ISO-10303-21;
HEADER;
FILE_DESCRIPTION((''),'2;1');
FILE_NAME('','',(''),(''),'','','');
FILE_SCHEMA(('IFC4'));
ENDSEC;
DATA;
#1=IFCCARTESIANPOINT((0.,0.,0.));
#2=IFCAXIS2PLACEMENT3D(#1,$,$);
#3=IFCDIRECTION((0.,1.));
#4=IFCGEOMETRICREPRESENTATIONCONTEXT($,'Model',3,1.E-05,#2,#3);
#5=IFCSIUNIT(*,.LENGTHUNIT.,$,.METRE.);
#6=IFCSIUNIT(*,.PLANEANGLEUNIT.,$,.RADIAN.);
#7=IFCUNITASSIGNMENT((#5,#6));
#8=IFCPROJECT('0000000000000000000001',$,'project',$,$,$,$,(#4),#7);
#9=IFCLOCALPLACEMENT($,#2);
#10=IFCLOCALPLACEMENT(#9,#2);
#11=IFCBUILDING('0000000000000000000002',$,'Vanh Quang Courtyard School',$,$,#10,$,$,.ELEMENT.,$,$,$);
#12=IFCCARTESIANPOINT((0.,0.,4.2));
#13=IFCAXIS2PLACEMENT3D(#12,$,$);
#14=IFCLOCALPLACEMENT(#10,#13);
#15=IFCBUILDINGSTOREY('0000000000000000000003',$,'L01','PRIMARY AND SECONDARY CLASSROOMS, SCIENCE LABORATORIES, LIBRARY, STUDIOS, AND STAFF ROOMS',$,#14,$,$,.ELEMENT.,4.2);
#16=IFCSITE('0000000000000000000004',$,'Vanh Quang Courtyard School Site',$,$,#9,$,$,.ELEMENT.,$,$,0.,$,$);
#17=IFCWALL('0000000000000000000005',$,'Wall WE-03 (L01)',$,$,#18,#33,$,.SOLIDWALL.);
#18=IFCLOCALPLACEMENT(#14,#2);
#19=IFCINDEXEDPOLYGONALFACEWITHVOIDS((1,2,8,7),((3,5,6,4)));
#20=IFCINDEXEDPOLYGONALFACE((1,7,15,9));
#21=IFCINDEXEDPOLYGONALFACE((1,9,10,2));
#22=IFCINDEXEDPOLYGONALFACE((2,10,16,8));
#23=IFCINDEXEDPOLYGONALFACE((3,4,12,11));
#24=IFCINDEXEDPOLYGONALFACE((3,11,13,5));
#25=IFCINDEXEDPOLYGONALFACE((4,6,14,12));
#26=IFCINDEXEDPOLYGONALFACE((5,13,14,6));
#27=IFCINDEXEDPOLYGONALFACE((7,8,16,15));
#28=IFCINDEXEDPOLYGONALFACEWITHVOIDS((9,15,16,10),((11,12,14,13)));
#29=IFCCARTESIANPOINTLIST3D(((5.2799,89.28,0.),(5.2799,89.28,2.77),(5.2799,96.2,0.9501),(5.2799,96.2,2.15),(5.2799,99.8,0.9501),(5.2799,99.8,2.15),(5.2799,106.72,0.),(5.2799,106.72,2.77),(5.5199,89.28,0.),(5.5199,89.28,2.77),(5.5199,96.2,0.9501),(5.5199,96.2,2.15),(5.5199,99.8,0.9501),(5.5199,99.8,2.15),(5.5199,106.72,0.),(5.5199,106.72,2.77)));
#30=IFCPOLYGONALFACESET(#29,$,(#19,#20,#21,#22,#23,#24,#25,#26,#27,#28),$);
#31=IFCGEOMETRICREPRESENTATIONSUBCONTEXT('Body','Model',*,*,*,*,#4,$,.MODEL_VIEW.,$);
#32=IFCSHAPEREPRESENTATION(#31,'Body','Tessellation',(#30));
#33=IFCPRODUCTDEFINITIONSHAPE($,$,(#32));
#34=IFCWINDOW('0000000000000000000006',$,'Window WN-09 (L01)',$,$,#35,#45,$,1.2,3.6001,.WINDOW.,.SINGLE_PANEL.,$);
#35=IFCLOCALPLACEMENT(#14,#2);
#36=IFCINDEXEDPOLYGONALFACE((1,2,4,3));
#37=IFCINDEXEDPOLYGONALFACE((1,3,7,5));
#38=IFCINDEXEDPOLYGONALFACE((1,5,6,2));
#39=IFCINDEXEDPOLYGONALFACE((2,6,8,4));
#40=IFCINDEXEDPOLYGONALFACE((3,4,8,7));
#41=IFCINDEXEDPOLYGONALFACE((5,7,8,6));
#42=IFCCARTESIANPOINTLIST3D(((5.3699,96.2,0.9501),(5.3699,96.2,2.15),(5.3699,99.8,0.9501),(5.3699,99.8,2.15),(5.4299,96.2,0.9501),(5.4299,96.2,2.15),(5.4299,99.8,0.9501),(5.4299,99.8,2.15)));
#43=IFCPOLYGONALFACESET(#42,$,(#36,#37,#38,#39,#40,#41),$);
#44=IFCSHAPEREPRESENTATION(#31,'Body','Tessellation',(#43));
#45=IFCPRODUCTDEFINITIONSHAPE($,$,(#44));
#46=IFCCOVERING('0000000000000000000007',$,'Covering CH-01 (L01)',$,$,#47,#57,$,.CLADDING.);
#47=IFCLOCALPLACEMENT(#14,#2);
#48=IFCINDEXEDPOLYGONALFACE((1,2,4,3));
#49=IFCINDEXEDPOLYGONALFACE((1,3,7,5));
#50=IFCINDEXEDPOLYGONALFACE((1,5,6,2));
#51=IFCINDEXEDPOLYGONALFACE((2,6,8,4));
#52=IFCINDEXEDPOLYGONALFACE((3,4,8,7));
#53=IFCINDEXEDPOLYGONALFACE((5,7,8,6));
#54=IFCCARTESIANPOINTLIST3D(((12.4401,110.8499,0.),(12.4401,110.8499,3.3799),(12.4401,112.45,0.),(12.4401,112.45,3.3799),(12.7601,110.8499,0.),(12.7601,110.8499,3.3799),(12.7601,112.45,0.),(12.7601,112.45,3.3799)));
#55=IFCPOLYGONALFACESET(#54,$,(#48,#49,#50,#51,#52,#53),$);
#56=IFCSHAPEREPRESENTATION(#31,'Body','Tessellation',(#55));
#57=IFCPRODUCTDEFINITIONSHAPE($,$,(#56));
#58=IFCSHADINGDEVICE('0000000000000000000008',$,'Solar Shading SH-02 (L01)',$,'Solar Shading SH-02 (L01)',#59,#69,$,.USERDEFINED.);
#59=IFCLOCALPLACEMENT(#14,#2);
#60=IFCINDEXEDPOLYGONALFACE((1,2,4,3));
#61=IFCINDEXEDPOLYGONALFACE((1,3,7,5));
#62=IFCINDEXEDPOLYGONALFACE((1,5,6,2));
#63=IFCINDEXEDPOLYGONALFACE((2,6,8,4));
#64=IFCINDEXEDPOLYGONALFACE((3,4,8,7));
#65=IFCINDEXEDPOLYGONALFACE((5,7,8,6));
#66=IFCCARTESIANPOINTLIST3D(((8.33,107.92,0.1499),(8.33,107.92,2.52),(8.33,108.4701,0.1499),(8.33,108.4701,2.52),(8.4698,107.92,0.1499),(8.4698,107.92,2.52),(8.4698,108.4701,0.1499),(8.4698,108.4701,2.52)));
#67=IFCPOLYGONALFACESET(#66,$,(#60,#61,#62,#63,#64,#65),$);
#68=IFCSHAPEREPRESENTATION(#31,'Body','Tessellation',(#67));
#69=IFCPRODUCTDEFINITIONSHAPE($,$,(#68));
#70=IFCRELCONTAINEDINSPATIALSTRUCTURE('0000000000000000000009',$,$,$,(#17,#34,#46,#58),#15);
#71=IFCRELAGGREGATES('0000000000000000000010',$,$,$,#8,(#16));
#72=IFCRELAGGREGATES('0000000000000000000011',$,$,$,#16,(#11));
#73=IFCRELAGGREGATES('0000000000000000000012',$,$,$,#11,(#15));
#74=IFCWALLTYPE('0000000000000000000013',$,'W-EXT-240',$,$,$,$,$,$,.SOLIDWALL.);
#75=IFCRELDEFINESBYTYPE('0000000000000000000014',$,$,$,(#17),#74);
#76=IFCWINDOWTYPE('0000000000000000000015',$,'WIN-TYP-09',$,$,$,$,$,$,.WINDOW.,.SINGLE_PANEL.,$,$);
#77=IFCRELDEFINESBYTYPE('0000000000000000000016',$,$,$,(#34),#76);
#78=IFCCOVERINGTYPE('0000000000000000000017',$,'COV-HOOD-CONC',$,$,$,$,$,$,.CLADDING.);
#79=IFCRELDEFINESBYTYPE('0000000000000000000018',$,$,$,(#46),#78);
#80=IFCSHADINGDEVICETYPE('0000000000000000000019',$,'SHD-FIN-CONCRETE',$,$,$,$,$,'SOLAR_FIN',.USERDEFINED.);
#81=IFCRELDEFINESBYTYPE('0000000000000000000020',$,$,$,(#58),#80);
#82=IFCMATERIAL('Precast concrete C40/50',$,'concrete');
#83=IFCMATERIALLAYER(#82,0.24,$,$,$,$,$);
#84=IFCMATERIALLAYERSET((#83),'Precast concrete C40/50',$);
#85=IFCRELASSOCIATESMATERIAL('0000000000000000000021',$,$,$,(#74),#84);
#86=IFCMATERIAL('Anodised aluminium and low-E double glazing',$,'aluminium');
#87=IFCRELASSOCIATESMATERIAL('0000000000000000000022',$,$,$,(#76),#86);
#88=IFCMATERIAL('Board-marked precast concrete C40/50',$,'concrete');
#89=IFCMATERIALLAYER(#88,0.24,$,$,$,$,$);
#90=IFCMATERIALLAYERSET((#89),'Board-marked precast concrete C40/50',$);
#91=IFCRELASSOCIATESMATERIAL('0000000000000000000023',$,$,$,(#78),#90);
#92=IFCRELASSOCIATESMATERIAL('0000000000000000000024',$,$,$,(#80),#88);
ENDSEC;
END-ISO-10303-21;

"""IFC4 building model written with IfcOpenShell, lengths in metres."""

from ifc_helpers import new_model, si_unit, direction, frame, frame_2d, origin, origin_2d, place, context, subcontext, project, spatial, rectangle, extrude, material, layer, layer_set, type_object, element, fill, save


model = new_model("IFC4")

# Units and contexts
model_context = context("Model", 3, precision=1e-05, world=origin(), true_north=direction((0.0, 1.0)))
body_context = subcontext(model_context, "Body", "Model", "MODEL_VIEW")
ifc_project = project(units=[si_unit("LENGTHUNIT", "METRE"), si_unit("PLANEANGLEUNIT", "RADIAN")], contexts=[model_context])

# Site, building, storey
site_placement = place(None, origin())
site = spatial("IfcSite", under=ifc_project, at=site_placement, Name="Vanh Quang Courtyard School Site", CompositionType="ELEMENT", RefElevation=0.0)
building_placement = place(site_placement, origin())
building = spatial("IfcBuilding", under=site, at=building_placement, Name="Vanh Quang Courtyard School", CompositionType="ELEMENT")
storey_placement = place(building_placement, frame((0.0, 0.0, 4.2)))
storey = spatial("IfcBuildingStorey", under=building, at=storey_placement, Name="L01", Description="PRIMARY AND SECONDARY CLASSROOMS, SCIENCE LABORATORIES, LIBRARY, STUDIOS, AND STAFF ROOMS", CompositionType="ELEMENT", Elevation=4.2)

# Wall, opening, window
ifc_material_1 = material(Name="Precast concrete C40/50", Category="concrete")
ifc_layer_1 = layer(ifc_material_1, 0.24)
ifc_layer_set_1 = layer_set([ifc_layer_1], Name="Precast concrete C40/50")
wall_type = type_object("IfcWallType", Name="W-EXT-240", PredefinedType="SOLIDWALL", material=ifc_layer_set_1)
wall_placement = place(storey_placement, frame((5.3999, 106.72, 0.0), z_axis=(0.0, 0.0, 1.0), x_axis=(0.0, -1.0, 0.0)))
wall = element("IfcWall", 1, at=wall_placement, inside=storey, type_object=wall_type, Name="Wall WE-03 (L01)", PredefinedType="SOLIDWALL", context=body_context, shape_type="SweptSolid", body=[
    extrude(rectangle(XDim=17.4399, YDim=0.24, at=frame_2d((8.72, 0.0))), origin(), (0.0, 0.0, 1.0), 2.77),
])
opening_placement = place(wall_placement, frame((6.9199, 0.0, 0.95)))
opening = element("IfcOpeningElement", 2, at=opening_placement, cuts=wall, PredefinedType="OPENING", context=body_context, shape_type="SweptSolid", body=[
    extrude(rectangle(XDim=3.6001, YDim=1.2, at=frame_2d((1.8, 0.6001))), frame((0.0, 0.1299, 0.0), z_axis=(0.0, -1.0, 0.0), x_axis=(1.0, 0.0, 0.0)), (0.0, 0.0, 1.0), 0.26),
])
ifc_material_2 = material(Name="Anodised aluminium and low-E double glazing", Category="aluminium")
window_type = type_object("IfcWindowType", Name="WIN-TYP-09", PartitioningType="SINGLE_PANEL", PredefinedType="WINDOW", material=ifc_material_2)
window_placement = place(opening_placement, origin())
window = element("IfcWindow", 3, at=window_placement, inside=storey, type_object=window_type, Name="Window WN-09 (L01)", OverallHeight=1.2, OverallWidth=3.6001, PartitioningType="SINGLE_PANEL", PredefinedType="WINDOW", context=body_context, shape_type="SweptSolid", body=[
    extrude(rectangle(XDim=3.6001, YDim=1.2, at=frame_2d((1.8, 0.6001))), frame((0.0, 0.03, 0.0), z_axis=(0.0, -1.0, 0.0), x_axis=(1.0, 0.0, 0.0)), (0.0, 0.0, 1.0), 0.0601),
])
fill(opening, window)

# Covering
ifc_material_3 = material(Name="Board-marked precast concrete C40/50", Category="concrete")
ifc_layer_2 = layer(ifc_material_3, 0.24)
ifc_layer_set_2 = layer_set([ifc_layer_2], Name="Board-marked precast concrete C40/50")
covering_type = type_object("IfcCoveringType", Name="COV-HOOD-CONC", PredefinedType="CLADDING", material=ifc_layer_set_2)
covering_placement = place(storey_placement, frame((12.6001, 111.6499, 0.0), z_axis=(0.0, 0.0, 1.0), x_axis=(0.0, 1.0, 0.0)))
element("IfcCovering", 4, at=covering_placement, inside=storey, type_object=covering_type, Name="Covering CH-01 (L01)", PredefinedType="CLADDING", context=body_context, shape_type="SweptSolid", body=[
    extrude(rectangle(XDim=1.6001, YDim=0.3201, at=origin_2d()), origin(), (0.0, 0.0, 1.0), 3.3799),
])

# Shading device
shading_device_type = type_object("IfcShadingDeviceType", Name="SHD-FIN-CONCRETE", ElementType="SOLAR_FIN", PredefinedType="USERDEFINED", material=ifc_material_3)
shading_device_placement = place(storey_placement, frame((8.3999, 108.1951, 0.1499), z_axis=(0.0, 0.0, 1.0), x_axis=(1.0, 0.0, 0.0)))
element("IfcShadingDevice", 5, at=shading_device_placement, inside=storey, type_object=shading_device_type, Name="Solar Shading SH-02 (L01)", ObjectType="Solar Shading SH-02 (L01)", PredefinedType="USERDEFINED", context=body_context, shape_type="SweptSolid", body=[
    extrude(rectangle(XDim=0.1399, YDim=0.55, at=origin_2d()), origin(), (0.0, 0.0, 1.0), 2.3701),
])

save(model, "model.ifc")
